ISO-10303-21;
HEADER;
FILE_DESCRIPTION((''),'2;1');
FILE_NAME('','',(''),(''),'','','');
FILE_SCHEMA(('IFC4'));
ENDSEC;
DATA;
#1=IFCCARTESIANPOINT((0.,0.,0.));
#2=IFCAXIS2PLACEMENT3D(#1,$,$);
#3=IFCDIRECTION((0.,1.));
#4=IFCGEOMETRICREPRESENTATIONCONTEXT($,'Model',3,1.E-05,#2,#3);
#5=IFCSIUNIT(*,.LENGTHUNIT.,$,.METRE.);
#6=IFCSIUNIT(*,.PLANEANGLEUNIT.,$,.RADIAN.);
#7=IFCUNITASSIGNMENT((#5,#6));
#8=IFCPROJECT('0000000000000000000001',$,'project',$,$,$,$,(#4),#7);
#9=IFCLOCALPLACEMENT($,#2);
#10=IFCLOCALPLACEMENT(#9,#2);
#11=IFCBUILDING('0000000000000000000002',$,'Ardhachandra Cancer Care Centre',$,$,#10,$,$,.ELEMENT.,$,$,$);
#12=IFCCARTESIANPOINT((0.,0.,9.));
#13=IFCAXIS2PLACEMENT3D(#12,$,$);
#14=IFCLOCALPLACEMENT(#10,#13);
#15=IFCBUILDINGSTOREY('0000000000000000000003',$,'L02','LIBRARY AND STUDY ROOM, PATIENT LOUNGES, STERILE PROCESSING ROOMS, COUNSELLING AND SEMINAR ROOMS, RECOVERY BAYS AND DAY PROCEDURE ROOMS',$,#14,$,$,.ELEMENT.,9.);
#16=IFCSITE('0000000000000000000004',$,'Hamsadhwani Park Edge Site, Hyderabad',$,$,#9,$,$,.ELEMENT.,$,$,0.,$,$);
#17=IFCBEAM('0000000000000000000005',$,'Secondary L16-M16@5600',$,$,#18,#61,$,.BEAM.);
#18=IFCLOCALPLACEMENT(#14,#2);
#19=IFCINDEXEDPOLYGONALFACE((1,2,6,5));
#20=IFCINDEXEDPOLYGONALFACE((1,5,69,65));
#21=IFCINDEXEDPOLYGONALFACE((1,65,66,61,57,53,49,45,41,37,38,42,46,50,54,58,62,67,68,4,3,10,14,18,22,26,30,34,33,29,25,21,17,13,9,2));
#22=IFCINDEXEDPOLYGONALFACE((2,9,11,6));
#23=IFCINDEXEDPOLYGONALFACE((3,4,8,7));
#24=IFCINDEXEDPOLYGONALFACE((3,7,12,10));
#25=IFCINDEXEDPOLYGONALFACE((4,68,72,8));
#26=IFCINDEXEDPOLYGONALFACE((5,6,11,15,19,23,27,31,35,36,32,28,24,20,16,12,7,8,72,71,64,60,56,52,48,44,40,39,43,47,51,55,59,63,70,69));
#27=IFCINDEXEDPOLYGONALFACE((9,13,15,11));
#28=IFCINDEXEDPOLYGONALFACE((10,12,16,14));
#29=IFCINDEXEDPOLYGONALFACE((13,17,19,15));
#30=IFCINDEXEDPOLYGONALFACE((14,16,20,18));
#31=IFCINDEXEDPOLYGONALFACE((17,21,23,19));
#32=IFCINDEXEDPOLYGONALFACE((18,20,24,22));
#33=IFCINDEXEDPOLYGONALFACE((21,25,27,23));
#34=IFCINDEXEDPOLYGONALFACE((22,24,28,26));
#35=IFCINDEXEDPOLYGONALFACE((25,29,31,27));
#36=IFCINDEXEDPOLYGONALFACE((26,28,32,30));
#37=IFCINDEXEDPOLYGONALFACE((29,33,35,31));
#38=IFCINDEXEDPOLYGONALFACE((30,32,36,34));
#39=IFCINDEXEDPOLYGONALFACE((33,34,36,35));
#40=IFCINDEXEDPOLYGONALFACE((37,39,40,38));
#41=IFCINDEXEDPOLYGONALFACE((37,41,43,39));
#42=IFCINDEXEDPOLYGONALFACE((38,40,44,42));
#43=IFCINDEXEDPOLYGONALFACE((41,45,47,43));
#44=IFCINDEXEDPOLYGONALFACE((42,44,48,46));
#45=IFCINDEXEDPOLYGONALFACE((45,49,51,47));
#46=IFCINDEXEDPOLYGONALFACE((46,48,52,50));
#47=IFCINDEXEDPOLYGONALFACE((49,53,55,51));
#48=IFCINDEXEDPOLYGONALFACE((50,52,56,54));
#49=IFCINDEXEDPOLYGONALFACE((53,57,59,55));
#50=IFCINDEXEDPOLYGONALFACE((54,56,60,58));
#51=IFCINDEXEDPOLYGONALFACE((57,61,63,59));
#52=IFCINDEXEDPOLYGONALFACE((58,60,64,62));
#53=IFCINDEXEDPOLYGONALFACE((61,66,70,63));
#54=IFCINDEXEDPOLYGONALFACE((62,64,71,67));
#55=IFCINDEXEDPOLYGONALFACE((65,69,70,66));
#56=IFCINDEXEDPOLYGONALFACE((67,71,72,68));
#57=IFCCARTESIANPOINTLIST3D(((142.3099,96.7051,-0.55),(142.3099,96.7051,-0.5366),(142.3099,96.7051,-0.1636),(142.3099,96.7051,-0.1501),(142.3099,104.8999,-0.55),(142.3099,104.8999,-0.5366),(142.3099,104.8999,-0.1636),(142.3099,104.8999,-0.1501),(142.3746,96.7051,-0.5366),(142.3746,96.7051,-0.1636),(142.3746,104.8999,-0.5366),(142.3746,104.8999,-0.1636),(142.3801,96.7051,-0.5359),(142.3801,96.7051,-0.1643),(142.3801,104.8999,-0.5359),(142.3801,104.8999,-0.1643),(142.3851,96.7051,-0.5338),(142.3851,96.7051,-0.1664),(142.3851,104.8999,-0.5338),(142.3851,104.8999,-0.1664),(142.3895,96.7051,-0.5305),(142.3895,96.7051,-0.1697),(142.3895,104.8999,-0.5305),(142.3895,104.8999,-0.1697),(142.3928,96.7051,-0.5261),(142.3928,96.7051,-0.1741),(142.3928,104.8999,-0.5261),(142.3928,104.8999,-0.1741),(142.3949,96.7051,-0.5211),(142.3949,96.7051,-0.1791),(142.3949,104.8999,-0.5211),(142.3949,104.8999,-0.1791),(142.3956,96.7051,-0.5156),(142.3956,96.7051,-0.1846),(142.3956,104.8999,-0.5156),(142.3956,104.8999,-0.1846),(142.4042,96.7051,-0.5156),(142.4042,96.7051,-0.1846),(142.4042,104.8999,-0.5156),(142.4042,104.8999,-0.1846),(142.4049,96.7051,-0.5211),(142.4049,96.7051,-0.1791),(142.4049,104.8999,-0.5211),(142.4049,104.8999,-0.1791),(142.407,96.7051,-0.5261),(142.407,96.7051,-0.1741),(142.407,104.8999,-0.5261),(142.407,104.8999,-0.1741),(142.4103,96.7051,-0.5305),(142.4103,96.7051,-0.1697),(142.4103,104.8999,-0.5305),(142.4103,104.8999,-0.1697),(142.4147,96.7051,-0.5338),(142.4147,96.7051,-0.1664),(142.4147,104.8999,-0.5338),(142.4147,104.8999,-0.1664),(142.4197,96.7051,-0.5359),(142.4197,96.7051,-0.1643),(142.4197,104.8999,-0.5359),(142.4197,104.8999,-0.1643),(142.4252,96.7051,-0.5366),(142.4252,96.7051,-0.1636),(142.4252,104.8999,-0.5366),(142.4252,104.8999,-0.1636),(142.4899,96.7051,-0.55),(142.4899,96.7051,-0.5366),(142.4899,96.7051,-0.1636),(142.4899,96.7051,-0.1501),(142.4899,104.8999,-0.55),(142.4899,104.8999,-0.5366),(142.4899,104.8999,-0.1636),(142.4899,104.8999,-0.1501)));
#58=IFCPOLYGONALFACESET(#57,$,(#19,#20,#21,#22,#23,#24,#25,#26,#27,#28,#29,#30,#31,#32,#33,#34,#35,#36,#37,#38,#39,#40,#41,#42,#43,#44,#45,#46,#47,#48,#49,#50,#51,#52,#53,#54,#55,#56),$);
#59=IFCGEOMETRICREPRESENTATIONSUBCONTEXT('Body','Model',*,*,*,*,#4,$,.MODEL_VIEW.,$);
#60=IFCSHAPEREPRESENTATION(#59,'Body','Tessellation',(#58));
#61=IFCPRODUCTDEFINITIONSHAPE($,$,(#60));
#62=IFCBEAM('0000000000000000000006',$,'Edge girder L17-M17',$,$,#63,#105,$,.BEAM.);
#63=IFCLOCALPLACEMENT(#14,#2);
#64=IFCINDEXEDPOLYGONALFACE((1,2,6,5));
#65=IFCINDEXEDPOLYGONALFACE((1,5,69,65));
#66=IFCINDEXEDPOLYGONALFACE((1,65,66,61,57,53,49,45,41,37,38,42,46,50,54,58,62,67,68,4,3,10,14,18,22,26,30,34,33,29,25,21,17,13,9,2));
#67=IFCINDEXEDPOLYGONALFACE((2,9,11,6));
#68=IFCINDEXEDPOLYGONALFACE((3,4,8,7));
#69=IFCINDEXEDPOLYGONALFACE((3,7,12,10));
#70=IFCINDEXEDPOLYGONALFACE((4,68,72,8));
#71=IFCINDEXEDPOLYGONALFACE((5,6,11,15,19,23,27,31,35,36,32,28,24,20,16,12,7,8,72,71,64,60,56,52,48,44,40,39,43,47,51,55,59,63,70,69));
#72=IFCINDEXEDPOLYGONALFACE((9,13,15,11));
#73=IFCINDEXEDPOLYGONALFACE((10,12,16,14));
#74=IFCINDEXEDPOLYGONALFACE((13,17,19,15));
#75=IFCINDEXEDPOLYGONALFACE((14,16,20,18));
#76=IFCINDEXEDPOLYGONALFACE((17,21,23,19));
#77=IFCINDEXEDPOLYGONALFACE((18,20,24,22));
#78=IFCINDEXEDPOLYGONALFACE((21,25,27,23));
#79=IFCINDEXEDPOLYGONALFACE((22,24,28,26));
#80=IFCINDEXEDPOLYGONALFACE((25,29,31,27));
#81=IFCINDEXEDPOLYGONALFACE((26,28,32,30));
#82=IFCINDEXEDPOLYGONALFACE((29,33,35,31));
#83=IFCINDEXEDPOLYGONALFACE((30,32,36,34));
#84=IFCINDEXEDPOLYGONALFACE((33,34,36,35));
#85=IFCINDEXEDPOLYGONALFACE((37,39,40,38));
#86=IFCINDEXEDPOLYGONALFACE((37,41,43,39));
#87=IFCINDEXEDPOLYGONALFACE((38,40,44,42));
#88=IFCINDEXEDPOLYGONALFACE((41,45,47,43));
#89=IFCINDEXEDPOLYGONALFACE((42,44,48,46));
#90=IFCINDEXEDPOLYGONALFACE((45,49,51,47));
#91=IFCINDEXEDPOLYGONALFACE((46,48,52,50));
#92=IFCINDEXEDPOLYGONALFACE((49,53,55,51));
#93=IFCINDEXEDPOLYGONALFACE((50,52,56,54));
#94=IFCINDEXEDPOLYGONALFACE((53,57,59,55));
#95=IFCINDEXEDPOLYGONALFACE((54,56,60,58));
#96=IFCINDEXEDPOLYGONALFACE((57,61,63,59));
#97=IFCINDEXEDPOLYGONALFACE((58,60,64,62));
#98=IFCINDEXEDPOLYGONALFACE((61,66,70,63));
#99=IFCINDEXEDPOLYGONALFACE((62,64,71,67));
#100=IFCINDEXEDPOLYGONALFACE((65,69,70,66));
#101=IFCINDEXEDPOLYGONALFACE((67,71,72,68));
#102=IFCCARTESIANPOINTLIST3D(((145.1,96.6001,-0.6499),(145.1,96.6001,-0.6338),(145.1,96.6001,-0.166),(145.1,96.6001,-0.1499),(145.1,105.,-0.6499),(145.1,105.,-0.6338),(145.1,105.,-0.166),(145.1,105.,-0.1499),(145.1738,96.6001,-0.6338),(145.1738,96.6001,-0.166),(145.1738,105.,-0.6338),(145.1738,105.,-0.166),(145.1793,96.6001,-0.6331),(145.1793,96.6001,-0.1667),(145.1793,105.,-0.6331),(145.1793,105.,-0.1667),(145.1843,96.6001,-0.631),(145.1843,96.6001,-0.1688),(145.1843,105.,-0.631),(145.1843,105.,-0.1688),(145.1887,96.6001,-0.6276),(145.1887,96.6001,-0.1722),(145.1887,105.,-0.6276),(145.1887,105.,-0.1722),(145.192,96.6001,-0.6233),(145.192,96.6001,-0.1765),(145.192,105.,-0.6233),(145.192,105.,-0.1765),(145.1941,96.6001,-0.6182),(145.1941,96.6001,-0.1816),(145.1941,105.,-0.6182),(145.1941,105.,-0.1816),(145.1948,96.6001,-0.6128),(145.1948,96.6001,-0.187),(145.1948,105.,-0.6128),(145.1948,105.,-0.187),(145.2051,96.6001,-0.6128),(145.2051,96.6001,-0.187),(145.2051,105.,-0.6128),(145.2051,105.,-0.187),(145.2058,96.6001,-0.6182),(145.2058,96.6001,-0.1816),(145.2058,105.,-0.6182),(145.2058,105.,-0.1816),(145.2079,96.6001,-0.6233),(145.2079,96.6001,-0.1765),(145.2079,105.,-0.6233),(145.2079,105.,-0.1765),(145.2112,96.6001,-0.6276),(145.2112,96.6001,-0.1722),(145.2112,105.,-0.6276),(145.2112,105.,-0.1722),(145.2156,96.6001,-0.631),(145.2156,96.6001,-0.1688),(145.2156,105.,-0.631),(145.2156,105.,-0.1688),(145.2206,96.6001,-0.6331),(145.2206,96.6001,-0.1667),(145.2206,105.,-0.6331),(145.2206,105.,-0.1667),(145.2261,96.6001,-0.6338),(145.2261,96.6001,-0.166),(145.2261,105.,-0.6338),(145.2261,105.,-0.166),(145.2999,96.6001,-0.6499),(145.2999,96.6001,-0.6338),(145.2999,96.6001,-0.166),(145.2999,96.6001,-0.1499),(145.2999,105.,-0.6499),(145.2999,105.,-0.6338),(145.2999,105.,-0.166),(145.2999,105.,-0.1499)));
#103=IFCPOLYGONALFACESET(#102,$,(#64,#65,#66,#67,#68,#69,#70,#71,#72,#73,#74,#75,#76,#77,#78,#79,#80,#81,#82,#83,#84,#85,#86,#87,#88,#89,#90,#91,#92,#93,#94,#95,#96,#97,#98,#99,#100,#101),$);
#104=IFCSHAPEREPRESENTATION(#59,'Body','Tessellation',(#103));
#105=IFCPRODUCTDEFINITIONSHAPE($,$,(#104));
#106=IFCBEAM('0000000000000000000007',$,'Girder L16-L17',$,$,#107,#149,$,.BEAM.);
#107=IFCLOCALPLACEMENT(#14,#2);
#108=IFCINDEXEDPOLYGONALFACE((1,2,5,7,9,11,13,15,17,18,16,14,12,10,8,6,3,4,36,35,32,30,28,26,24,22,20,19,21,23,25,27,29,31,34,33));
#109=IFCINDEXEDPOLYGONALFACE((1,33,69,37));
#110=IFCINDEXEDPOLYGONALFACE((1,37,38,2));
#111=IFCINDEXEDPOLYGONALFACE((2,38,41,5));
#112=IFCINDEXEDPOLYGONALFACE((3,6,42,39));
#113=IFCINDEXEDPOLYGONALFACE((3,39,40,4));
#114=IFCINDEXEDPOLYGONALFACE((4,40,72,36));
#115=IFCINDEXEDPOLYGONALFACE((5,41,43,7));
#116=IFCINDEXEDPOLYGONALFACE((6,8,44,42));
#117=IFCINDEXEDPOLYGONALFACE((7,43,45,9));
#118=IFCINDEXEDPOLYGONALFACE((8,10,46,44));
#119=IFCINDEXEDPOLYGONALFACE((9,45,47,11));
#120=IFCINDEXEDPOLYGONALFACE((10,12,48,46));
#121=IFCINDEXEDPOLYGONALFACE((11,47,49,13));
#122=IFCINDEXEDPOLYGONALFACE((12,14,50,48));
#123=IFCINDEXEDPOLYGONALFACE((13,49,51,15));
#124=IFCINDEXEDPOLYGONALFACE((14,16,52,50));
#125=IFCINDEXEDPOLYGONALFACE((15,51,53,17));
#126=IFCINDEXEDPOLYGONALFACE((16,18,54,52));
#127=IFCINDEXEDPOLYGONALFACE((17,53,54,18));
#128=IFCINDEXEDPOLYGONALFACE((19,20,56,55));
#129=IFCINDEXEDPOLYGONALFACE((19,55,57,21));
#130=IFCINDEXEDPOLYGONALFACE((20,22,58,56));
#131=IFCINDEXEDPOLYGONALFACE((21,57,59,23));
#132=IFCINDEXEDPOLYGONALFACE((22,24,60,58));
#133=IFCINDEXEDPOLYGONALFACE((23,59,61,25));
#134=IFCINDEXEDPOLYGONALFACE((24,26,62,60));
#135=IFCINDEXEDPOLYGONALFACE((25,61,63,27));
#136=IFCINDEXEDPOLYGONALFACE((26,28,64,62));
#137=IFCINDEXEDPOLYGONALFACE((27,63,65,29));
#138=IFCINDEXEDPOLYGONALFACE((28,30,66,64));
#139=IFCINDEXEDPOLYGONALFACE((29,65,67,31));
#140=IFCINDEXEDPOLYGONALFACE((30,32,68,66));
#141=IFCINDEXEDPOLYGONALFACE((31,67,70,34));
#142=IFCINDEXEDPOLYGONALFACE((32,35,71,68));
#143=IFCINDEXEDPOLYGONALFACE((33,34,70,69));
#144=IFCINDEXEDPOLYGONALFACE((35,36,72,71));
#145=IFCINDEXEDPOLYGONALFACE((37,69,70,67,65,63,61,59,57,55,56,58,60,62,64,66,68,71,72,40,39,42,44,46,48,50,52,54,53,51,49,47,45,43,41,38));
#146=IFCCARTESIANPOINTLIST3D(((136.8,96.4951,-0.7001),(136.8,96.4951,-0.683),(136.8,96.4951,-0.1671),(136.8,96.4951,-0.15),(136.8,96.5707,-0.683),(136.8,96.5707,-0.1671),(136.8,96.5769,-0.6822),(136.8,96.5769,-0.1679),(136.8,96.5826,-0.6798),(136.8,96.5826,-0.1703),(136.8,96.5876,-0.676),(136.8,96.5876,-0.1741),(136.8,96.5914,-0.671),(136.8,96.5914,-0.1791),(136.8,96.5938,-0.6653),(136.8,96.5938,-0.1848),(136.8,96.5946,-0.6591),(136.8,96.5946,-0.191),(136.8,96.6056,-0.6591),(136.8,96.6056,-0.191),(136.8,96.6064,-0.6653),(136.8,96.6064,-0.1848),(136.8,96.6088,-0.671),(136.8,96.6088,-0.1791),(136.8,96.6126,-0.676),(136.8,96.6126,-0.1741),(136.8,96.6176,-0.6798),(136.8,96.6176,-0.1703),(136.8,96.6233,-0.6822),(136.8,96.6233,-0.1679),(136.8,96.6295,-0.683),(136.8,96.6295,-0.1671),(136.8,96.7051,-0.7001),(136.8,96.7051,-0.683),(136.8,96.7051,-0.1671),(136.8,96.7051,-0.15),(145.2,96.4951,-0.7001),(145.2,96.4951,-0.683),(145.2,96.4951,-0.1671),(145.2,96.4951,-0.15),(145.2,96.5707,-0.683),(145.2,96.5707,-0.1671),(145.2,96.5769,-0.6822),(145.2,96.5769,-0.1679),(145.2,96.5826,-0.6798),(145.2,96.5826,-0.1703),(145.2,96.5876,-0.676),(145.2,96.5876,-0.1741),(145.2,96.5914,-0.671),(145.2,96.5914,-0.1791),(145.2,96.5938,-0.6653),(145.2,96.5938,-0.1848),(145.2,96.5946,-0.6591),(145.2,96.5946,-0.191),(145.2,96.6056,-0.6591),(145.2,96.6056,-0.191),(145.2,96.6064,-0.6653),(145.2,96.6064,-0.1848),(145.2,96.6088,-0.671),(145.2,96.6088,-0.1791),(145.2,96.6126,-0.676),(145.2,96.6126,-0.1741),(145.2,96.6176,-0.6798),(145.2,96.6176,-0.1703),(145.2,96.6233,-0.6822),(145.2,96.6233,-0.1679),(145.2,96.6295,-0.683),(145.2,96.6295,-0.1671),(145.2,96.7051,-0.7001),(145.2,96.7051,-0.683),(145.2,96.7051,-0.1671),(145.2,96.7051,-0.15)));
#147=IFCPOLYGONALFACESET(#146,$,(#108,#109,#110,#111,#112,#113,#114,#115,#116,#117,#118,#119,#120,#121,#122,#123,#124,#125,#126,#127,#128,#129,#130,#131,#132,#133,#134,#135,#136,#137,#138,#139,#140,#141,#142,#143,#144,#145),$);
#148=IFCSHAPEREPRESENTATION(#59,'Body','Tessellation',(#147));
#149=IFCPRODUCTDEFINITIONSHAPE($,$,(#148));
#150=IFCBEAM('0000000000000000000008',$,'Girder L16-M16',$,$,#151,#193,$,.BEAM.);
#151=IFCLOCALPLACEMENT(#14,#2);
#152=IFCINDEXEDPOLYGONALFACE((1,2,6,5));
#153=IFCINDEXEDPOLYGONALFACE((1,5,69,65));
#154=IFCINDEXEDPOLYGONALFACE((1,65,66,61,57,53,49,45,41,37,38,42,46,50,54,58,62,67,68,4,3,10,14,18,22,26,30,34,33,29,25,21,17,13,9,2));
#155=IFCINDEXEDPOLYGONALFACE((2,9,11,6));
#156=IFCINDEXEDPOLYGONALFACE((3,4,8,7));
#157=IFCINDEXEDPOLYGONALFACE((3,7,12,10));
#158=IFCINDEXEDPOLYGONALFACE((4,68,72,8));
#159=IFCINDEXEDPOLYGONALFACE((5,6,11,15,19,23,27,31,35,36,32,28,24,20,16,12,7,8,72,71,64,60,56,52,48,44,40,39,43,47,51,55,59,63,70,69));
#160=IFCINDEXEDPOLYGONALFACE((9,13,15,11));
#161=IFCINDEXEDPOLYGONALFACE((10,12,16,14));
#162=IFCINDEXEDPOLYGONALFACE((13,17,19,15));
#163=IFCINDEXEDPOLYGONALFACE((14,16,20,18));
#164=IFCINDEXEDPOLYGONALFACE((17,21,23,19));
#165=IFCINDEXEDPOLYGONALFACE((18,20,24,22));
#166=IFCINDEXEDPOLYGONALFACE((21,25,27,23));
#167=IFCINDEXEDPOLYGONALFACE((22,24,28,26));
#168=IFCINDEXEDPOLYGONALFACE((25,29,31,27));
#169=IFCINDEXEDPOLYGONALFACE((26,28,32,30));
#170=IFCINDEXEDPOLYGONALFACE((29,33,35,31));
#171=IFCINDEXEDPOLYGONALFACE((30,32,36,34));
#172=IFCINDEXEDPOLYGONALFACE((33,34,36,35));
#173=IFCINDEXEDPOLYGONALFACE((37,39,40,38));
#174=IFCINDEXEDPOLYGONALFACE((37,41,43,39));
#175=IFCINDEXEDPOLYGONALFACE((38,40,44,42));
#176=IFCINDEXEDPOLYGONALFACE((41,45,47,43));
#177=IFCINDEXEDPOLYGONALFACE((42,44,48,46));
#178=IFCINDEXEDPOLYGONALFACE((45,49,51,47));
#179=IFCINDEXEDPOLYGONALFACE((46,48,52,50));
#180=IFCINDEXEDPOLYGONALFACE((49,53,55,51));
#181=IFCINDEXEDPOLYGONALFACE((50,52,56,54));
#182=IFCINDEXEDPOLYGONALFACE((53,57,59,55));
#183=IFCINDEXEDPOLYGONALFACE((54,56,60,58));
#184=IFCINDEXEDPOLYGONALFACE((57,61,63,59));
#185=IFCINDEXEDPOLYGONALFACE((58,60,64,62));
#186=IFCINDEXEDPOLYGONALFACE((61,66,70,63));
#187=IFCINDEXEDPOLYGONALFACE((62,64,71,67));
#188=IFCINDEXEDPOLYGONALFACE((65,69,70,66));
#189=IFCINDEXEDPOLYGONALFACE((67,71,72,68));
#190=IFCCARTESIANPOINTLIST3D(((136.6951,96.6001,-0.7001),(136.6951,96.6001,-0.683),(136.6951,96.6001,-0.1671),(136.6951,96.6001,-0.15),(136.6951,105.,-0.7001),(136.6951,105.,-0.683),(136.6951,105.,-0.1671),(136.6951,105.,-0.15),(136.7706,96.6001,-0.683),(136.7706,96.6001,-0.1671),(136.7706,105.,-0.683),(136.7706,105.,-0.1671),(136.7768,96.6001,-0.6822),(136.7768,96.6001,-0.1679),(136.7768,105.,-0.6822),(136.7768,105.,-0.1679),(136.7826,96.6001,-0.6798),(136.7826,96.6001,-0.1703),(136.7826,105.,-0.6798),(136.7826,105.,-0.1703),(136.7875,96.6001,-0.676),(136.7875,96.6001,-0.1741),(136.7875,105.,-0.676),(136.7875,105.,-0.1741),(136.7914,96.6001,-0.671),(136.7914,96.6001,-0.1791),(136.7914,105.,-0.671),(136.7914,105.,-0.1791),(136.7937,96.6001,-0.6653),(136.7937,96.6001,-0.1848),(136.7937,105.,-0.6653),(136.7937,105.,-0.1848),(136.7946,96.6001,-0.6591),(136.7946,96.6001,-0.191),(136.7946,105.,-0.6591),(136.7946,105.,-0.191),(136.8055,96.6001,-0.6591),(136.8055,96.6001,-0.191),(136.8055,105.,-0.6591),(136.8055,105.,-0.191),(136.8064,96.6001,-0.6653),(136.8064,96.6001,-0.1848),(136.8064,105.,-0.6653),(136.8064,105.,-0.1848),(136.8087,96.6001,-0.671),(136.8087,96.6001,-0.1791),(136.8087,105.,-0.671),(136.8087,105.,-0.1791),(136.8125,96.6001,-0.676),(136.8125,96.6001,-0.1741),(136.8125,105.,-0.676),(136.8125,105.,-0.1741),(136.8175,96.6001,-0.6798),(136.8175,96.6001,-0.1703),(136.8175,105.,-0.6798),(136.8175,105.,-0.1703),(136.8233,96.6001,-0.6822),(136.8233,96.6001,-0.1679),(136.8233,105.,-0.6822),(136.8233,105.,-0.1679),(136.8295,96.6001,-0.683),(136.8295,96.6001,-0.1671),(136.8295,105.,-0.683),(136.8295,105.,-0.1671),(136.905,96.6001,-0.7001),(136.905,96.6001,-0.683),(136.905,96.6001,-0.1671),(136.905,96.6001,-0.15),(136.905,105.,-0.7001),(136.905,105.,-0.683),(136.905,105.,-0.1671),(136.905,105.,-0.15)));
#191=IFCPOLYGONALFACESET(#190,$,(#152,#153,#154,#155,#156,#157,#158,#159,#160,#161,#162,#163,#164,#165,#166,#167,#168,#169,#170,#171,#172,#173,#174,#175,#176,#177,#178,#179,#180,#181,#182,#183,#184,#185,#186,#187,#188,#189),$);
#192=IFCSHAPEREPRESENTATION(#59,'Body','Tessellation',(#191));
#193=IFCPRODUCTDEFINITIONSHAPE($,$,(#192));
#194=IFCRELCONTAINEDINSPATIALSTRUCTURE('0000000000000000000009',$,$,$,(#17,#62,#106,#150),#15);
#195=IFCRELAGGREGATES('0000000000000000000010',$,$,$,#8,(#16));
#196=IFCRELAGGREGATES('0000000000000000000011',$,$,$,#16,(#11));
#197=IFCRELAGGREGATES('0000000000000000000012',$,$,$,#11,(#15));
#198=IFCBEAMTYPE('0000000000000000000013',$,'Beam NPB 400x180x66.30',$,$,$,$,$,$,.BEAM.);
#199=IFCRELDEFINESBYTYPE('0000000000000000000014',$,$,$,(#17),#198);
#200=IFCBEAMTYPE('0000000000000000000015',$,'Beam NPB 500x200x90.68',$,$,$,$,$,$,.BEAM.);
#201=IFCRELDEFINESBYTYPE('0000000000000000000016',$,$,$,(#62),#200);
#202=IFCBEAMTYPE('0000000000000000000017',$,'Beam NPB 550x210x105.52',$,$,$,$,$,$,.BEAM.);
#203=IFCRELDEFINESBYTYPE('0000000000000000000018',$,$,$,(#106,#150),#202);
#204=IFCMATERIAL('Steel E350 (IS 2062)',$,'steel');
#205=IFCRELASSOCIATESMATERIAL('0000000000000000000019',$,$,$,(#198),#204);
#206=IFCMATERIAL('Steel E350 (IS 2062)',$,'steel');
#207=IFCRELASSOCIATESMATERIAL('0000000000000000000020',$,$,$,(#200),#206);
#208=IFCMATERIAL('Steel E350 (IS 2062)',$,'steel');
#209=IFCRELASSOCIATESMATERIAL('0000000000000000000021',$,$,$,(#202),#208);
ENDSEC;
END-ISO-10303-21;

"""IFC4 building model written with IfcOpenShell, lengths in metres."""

from ifc_helpers import new_model, si_unit, direction, frame, origin, origin_2d, place, context, subcontext, project, spatial, i_section, extrude, material, material_profile, profile_set, type_object, element, save


model = new_model("IFC4")

# Units and contexts
model_context = context("Model", 3, precision=1e-05, world=origin(), true_north=direction((0.0, 1.0)))
body_context = subcontext(model_context, "Body", "Model", "MODEL_VIEW")
ifc_project = project(units=[si_unit("LENGTHUNIT", "METRE"), si_unit("PLANEANGLEUNIT", "RADIAN")], contexts=[model_context])

# Site, building, storey
site_placement = place(None, origin())
site = spatial("IfcSite", under=ifc_project, at=site_placement, Name="Hamsadhwani Park Edge Site, Hyderabad", CompositionType="ELEMENT", RefElevation=0.0)
building_placement = place(site_placement, origin())
building = spatial("IfcBuilding", under=site, at=building_placement, Name="Ardhachandra Cancer Care Centre", CompositionType="ELEMENT")
storey_placement = place(building_placement, frame((0.0, 0.0, 9.0)))
storey = spatial("IfcBuildingStorey", under=building, at=storey_placement, Name="L02", Description="LIBRARY AND STUDY ROOM, PATIENT LOUNGES, STERILE PROCESSING ROOMS, COUNSELLING AND SEMINAR ROOMS, RECOVERY BAYS AND DAY PROCEDURE ROOMS", CompositionType="ELEMENT", Elevation=9.0)

# Beams
ifc_material_1 = material(Name="Steel E350 (IS 2062)", Category="steel")
ifc_material_profile_1 = material_profile(ifc_material_1, i_section(OverallWidth=0.1799, OverallDepth=0.3999, WebThickness=0.0085, FlangeThickness=0.0134, FilletRadius=0.021, at=origin_2d()), Name="NPB 400x180x66.30")
ifc_profile_set_1 = profile_set([ifc_material_profile_1], Name="Steel E350 (IS 2062)")
beam_type_1 = type_object("IfcBeamType", Name="Beam NPB 400x180x66.30", PredefinedType="BEAM", material=ifc_profile_set_1)
for number, where, z_axis, x_axis, name in (
    (1, (142.3999, 96.7051, -0.3501), (0.0, 1.0, 0.0), (-1.0, 0.0, 0.0), "Secondary L16-M16@5600"),
):
    element("IfcBeam", number, at=place(storey_placement, frame(where, z_axis=z_axis, x_axis=x_axis)), inside=storey, type_object=beam_type_1, Name=name, PredefinedType="BEAM", context=body_context, shape_type="SweptSolid", body=[
        extrude(i_section(OverallWidth=0.1799, OverallDepth=0.3999, WebThickness=0.0085, FlangeThickness=0.0134, FilletRadius=0.021, at=origin_2d()), origin(), (0.0, 0.0, 1.0), 8.1948),
    ])
ifc_material_2 = material(Name="Steel E350 (IS 2062)", Category="steel")
ifc_material_profile_2 = material_profile(ifc_material_2, i_section(OverallWidth=0.2, OverallDepth=0.5, WebThickness=0.0103, FlangeThickness=0.0161, FilletRadius=0.021, at=origin_2d()), Name="NPB 500x200x90.68")
ifc_profile_set_2 = profile_set([ifc_material_profile_2], Name="Steel E350 (IS 2062)")
beam_type_2 = type_object("IfcBeamType", Name="Beam NPB 500x200x90.68", PredefinedType="BEAM", material=ifc_profile_set_2)
beam_placement = place(storey_placement, frame((145.2, 96.6001, -0.3999), z_axis=(0.0, 1.0, 0.0), x_axis=(-1.0, 0.0, 0.0)))
element("IfcBeam", 2, at=beam_placement, inside=storey, type_object=beam_type_2, Name="Edge girder L17-M17", PredefinedType="BEAM", context=body_context, shape_type="SweptSolid", body=[
    extrude(i_section(OverallWidth=0.2, OverallDepth=0.5, WebThickness=0.0103, FlangeThickness=0.0161, FilletRadius=0.021, at=origin_2d()), origin(), (0.0, 0.0, 1.0), 8.3999),
])
ifc_material_3 = material(Name="Steel E350 (IS 2062)", Category="steel")
ifc_material_profile_3 = material_profile(ifc_material_3, i_section(OverallWidth=0.21, OverallDepth=0.55, WebThickness=0.011, FlangeThickness=0.0171, FilletRadius=0.0239, at=origin_2d()), Name="NPB 550x210x105.52")
ifc_profile_set_3 = profile_set([ifc_material_profile_3], Name="Steel E350 (IS 2062)")
beam_type_3 = type_object("IfcBeamType", Name="Beam NPB 550x210x105.52", PredefinedType="BEAM", material=ifc_profile_set_3)
for number, where, z_axis, x_axis, name in (
    (3, (136.8, 96.6001, -0.425), (1.0, 0.0, 0.0), (0.0, 1.0, 0.0), "Girder L16-L17"),
    (4, (136.8, 96.6001, -0.425), (0.0, 1.0, 0.0), (-1.0, 0.0, 0.0), "Girder L16-M16"),
):
    element("IfcBeam", number, at=place(storey_placement, frame(where, z_axis=z_axis, x_axis=x_axis)), inside=storey, type_object=beam_type_3, Name=name, PredefinedType="BEAM", context=body_context, shape_type="SweptSolid", body=[
        extrude(i_section(OverallWidth=0.21, OverallDepth=0.55, WebThickness=0.011, FlangeThickness=0.0171, FilletRadius=0.0239, at=origin_2d()), origin(), (0.0, 0.0, 1.0), 8.3999),
    ])

save(model, "model.ifc")
